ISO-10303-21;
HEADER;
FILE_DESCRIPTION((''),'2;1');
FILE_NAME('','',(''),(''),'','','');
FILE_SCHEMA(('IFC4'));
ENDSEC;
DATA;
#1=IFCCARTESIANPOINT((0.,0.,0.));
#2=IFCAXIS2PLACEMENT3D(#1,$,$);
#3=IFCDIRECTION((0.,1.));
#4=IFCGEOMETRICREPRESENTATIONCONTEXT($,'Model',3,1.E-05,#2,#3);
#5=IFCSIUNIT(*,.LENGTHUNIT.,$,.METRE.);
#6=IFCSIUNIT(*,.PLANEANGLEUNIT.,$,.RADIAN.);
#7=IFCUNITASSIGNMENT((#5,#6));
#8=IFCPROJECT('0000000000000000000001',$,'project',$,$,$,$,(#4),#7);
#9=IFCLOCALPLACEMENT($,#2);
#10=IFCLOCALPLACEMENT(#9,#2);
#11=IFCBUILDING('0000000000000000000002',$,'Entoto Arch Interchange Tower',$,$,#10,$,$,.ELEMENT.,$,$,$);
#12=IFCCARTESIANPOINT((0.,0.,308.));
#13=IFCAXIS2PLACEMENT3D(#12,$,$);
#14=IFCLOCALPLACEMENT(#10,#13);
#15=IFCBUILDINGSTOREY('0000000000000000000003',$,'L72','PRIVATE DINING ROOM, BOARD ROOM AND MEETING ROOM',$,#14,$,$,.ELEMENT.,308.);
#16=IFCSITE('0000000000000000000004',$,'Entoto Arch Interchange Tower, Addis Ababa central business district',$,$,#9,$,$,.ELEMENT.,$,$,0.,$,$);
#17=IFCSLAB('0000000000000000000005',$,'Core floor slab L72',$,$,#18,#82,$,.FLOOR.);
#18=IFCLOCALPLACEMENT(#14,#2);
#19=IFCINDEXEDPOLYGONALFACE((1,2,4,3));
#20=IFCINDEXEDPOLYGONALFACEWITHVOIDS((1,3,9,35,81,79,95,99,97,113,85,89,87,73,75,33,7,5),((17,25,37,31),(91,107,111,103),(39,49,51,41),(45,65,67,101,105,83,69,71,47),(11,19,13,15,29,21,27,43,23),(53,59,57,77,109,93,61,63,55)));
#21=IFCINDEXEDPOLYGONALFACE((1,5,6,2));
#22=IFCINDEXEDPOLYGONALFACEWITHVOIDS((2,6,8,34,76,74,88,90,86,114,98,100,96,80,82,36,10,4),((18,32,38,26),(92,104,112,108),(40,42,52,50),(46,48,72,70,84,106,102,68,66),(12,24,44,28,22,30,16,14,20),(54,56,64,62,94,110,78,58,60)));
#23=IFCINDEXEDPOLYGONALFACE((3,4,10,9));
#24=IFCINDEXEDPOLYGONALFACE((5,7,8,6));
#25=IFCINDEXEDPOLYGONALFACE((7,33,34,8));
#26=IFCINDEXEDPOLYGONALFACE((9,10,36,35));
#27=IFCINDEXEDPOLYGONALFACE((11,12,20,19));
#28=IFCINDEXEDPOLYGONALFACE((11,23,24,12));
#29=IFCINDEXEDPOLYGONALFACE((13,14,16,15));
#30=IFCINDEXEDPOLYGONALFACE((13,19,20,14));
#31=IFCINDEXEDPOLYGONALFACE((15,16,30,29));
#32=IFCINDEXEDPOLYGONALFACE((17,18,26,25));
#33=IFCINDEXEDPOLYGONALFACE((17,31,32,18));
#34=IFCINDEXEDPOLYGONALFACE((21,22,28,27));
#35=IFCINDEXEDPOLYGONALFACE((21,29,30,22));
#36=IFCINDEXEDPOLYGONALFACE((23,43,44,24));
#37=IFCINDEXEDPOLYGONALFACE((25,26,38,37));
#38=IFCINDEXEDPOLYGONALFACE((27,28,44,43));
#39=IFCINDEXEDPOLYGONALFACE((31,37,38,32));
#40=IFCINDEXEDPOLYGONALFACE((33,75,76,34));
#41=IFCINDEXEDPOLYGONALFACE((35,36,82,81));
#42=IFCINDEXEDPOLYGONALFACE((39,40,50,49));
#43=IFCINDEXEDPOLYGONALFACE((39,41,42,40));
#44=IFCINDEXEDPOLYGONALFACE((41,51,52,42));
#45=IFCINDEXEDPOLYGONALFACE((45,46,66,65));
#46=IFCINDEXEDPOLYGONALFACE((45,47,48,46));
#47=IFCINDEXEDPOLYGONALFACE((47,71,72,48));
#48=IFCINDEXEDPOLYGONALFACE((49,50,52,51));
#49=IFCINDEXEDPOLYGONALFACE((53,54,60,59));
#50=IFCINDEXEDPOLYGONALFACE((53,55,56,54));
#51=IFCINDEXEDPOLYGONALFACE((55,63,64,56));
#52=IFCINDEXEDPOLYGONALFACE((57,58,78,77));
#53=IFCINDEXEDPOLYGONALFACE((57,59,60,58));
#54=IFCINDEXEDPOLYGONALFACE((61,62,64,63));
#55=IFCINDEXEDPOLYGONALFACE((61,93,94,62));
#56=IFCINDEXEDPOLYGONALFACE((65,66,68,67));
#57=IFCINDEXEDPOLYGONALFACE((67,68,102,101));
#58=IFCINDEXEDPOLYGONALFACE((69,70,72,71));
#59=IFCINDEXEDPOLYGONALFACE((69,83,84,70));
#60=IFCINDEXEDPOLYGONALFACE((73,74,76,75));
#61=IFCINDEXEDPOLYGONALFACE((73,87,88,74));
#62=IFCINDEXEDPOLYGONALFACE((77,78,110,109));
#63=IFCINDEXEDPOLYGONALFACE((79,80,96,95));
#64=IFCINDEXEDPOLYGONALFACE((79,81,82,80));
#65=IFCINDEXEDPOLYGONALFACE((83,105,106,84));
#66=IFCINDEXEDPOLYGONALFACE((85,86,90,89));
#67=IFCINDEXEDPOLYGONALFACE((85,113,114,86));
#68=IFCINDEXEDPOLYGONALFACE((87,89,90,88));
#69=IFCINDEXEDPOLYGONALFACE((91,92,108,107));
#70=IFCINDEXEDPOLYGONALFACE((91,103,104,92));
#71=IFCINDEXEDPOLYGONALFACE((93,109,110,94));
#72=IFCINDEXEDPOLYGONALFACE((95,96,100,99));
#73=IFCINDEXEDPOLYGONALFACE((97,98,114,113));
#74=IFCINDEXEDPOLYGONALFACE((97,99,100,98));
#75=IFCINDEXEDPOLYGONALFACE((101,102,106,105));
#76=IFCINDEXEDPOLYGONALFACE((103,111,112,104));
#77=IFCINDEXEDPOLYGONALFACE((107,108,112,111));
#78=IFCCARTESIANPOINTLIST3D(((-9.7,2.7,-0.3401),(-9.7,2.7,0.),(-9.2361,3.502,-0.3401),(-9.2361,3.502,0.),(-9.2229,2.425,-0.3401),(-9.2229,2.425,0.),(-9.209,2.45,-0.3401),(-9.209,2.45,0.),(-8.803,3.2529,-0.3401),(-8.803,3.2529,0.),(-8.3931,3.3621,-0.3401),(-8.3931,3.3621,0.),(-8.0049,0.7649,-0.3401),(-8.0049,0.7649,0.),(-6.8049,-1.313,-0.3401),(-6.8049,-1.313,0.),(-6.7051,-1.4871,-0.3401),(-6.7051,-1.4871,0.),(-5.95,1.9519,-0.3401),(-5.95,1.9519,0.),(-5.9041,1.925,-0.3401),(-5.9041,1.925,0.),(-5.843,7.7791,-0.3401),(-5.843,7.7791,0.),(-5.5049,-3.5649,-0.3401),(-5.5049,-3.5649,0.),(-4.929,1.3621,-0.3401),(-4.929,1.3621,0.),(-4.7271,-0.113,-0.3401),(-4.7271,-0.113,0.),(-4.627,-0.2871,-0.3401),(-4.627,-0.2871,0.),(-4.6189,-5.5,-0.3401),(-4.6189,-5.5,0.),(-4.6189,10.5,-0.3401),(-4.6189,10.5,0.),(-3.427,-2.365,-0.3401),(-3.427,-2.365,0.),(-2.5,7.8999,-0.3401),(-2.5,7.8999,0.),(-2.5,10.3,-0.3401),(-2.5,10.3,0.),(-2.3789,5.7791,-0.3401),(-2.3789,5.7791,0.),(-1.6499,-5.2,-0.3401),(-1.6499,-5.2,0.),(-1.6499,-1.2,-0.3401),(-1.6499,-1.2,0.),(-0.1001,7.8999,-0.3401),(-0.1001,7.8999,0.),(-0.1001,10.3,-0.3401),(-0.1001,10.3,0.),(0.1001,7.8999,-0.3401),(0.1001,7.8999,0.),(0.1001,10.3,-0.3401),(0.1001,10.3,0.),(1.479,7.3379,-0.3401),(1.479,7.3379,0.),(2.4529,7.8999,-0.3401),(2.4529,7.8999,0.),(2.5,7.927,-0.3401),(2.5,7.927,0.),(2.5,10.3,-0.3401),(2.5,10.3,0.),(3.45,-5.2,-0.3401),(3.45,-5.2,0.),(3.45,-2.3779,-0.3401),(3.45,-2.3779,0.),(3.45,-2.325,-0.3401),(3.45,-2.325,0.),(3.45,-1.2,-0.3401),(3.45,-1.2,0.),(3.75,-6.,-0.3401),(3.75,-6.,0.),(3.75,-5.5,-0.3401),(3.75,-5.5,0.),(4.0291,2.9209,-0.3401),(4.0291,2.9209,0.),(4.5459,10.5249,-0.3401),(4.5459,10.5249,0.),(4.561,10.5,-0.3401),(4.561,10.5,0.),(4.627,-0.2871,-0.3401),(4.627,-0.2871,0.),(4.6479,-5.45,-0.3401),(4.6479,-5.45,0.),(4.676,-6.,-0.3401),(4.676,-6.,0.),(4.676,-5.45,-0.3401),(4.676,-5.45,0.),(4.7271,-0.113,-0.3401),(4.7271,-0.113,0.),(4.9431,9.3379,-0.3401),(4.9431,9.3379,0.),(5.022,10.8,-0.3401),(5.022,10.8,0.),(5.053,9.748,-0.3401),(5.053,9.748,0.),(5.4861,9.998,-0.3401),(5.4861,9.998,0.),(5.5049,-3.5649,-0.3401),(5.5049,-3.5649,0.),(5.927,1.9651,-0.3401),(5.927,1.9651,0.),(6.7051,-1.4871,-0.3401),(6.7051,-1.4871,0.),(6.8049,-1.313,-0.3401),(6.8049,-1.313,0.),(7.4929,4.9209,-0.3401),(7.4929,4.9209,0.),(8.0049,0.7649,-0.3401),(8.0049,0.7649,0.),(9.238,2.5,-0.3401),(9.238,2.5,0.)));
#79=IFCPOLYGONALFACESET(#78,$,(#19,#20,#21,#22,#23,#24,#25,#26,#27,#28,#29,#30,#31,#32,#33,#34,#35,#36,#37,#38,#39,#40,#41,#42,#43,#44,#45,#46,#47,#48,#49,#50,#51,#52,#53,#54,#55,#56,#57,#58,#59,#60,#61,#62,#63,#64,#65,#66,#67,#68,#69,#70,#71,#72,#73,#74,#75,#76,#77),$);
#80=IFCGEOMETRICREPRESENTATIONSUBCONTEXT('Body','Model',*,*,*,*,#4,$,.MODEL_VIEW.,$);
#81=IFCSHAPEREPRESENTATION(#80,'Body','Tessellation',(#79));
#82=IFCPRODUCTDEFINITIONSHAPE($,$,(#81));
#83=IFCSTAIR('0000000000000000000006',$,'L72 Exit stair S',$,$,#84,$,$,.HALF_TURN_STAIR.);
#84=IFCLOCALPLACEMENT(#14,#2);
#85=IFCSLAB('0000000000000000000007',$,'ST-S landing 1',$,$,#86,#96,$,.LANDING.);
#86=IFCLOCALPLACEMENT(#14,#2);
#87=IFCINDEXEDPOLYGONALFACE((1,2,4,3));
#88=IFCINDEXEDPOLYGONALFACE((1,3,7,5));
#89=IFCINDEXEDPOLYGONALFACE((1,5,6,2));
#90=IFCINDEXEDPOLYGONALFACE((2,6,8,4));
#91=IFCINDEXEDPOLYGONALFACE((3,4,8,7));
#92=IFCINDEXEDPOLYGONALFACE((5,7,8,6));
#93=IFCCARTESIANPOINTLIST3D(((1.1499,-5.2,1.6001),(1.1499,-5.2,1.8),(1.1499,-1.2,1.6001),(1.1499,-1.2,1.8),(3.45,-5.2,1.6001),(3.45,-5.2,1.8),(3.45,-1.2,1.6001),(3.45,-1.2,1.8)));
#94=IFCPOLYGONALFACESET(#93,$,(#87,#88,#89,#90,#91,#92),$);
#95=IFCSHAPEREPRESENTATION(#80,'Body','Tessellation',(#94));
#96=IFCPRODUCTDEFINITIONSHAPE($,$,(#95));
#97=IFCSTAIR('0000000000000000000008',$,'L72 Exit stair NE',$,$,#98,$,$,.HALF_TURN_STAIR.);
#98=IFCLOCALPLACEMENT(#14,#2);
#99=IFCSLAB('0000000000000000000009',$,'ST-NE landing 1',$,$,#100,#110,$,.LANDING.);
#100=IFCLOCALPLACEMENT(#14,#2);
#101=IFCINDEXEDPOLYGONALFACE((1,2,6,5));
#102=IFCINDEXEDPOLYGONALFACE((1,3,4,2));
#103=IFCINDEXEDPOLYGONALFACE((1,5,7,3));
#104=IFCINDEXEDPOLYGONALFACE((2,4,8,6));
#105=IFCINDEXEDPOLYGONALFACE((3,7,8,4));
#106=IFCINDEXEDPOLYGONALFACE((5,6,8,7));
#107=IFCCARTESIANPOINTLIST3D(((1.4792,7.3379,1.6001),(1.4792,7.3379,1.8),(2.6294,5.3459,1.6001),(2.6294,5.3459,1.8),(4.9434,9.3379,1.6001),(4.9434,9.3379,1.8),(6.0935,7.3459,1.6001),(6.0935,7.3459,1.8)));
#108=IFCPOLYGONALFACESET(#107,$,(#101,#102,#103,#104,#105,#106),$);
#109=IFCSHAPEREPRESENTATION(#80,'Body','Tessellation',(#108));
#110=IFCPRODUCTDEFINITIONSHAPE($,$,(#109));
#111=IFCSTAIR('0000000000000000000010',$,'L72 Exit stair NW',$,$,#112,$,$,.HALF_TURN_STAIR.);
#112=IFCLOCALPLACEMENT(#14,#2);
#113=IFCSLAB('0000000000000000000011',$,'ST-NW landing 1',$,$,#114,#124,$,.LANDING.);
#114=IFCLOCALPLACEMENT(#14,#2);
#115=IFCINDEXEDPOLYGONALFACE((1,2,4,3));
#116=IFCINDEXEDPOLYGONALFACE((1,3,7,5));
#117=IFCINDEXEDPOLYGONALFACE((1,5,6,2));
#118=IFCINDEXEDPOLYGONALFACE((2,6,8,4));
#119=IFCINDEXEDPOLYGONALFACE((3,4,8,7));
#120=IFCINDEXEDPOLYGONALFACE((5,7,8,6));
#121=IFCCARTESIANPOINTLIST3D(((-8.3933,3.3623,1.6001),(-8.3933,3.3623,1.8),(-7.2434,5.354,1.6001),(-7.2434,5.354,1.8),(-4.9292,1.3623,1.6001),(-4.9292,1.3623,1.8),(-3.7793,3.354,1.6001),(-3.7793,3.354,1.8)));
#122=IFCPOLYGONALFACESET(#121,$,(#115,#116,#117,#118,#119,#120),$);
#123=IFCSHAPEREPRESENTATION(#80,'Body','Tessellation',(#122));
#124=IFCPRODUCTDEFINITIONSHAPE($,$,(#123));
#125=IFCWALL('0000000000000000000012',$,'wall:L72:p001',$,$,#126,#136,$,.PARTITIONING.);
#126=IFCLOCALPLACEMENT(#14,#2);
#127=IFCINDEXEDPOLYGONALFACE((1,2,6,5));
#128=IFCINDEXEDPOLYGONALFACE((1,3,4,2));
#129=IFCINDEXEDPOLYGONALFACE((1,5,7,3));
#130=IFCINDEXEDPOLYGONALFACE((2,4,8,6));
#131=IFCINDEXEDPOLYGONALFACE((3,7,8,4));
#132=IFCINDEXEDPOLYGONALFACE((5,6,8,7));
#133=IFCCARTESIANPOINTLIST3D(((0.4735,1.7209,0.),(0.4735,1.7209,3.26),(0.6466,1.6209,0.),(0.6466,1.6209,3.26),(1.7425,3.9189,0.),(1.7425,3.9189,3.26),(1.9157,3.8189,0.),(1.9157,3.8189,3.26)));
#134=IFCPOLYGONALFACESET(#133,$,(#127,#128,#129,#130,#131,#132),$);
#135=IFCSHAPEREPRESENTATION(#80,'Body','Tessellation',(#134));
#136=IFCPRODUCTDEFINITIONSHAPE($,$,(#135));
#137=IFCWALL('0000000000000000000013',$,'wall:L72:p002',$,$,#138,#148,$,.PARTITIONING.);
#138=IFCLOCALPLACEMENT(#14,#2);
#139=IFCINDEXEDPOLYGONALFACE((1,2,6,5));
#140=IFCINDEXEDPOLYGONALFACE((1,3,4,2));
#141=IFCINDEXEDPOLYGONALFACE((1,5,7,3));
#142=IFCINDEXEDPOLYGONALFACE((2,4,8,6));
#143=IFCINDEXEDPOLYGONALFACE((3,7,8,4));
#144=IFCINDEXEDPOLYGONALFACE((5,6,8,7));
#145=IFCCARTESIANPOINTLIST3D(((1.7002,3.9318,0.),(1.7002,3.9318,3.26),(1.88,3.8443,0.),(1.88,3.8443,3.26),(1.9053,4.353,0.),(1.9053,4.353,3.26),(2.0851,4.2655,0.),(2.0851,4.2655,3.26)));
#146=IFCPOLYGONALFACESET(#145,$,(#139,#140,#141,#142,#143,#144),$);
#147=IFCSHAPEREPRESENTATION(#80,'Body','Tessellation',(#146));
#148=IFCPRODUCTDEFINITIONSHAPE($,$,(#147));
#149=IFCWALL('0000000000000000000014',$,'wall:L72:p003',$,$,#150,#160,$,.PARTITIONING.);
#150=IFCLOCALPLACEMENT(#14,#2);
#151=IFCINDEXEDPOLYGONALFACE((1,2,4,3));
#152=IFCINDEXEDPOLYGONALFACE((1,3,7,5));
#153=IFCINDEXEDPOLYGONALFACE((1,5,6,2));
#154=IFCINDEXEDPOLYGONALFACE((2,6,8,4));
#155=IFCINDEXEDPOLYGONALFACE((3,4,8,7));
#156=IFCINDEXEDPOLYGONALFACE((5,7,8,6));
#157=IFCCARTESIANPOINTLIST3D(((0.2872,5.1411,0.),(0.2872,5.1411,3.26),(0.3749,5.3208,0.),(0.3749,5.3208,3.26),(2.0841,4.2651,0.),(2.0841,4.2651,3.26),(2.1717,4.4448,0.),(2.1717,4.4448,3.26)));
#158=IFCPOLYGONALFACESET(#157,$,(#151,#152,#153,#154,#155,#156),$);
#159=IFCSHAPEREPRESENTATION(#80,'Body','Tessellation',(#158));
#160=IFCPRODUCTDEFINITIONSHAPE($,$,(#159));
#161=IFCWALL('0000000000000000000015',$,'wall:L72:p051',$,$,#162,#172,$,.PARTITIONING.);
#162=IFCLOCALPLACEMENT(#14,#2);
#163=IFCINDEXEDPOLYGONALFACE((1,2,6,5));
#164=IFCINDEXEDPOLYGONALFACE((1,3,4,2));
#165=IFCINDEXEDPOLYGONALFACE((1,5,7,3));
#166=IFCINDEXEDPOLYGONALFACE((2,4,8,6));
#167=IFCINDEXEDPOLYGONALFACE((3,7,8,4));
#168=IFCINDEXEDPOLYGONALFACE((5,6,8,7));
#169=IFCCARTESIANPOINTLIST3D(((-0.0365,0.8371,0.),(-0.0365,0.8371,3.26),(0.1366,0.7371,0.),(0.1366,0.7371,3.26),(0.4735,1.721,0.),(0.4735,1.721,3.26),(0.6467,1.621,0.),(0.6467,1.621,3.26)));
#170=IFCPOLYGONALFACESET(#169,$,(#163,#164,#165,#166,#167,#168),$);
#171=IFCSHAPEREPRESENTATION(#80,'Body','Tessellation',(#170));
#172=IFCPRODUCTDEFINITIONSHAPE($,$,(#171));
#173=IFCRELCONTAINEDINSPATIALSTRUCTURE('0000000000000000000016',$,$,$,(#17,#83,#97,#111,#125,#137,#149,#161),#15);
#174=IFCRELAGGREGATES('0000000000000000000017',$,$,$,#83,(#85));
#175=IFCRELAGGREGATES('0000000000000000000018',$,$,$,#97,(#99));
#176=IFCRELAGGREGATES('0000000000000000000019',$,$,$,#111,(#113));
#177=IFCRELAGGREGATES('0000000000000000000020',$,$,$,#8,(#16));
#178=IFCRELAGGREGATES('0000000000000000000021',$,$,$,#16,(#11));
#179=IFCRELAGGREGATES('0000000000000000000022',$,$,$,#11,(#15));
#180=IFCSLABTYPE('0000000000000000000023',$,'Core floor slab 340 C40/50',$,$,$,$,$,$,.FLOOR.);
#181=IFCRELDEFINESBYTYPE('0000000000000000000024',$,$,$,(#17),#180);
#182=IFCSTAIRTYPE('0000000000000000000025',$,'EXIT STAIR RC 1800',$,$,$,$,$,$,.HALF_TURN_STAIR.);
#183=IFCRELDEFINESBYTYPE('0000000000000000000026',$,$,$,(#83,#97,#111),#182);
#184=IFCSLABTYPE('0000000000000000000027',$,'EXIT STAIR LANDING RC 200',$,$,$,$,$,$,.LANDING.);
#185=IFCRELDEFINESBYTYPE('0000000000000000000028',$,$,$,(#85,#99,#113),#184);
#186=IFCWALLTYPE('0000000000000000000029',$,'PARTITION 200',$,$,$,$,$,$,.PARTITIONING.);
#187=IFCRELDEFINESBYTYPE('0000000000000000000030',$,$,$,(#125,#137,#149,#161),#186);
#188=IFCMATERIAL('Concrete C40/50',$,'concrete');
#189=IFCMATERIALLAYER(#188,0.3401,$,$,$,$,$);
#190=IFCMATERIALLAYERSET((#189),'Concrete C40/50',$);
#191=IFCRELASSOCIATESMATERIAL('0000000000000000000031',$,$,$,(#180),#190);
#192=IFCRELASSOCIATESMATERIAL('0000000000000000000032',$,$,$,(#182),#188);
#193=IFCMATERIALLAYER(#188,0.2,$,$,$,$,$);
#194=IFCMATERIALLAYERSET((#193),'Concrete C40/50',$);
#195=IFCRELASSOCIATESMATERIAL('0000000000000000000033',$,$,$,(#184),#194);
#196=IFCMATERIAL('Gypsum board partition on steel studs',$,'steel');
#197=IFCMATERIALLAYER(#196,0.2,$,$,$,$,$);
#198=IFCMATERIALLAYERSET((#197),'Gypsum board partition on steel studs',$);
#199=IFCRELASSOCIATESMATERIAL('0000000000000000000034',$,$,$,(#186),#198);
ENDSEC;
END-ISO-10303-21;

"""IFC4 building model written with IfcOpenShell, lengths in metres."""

from ifc_helpers import new_model, si_unit, direction, frame, frame_2d, origin, place, context, subcontext, project, spatial, polyline, rectangle, outline, extrude, material, layer, layer_set, type_object, element, aggregate, save


model = new_model("IFC4")

# Units and contexts
model_context = context("Model", 3, precision=1e-05, world=origin(), true_north=direction((0.0, 1.0)))
body_context = subcontext(model_context, "Body", "Model", "MODEL_VIEW")
ifc_project = project(units=[si_unit("LENGTHUNIT", "METRE"), si_unit("PLANEANGLEUNIT", "RADIAN")], contexts=[model_context])

# Site, building, storey
site_placement = place(None, origin())
site = spatial("IfcSite", under=ifc_project, at=site_placement, Name="Entoto Arch Interchange Tower, Addis Ababa central business district", CompositionType="ELEMENT", RefElevation=0.0)
building_placement = place(site_placement, origin())
building = spatial("IfcBuilding", under=site, at=building_placement, Name="Entoto Arch Interchange Tower", CompositionType="ELEMENT")
storey_placement = place(building_placement, frame((0.0, 0.0, 308.0)))
storey = spatial("IfcBuildingStorey", under=building, at=storey_placement, Name="L72", Description="PRIVATE DINING ROOM, BOARD ROOM AND MEETING ROOM", CompositionType="ELEMENT", Elevation=308.0)

# Slab
ifc_material_1 = material(Name="Concrete C40/50", Category="concrete")
ifc_layer_1 = layer(ifc_material_1, 0.3401)
ifc_layer_set_1 = layer_set([ifc_layer_1], Name="Concrete C40/50")
slab_type_1 = type_object("IfcSlabType", Name="Core floor slab 340 C40/50", PredefinedType="FLOOR", material=ifc_layer_set_1)
slab_1_placement = place(storey_placement, frame((0.0, 0.0, -0.3401)))
element("IfcSlab", 1, at=slab_1_placement, inside=storey, type_object=slab_type_1, Name="Core floor slab L72", PredefinedType="FLOOR", context=body_context, shape_type="SweptSolid", body=[
    extrude(outline(polyline([(-9.209, 2.45), (-9.2229, 2.425), (-9.7, 2.7), (-9.2361, 3.502), (-8.803, 3.2529), (-4.6189, 10.5), (4.561, 10.5), (4.5459, 10.5249), (5.022, 10.8), (5.4861, 9.998), (5.053, 9.748), (9.238, 2.5), (4.6479, -5.45), (4.676, -5.45), (4.676, -6.0), (3.75, -6.0), (3.75, -5.5), (-4.6189, -5.5), (-9.209, 2.45)]), holes=[polyline([(-1.6499, -5.2), (3.45, -5.2), (3.45, -2.3779), (5.5049, -3.5649), (6.7051, -1.4871), (4.627, -0.2871), (3.45, -2.325), (3.45, -1.2), (-1.6499, -1.2), (-1.6499, -5.2)]), polyline([(-4.627, -0.2871), (-6.7051, -1.4871), (-5.5049, -3.5649), (-3.427, -2.365), (-4.627, -0.2871)]), polyline([(-5.9041, 1.925), (-4.929, 1.3621), (-2.3789, 5.7791), (-5.843, 7.7791), (-8.3931, 3.3621), (-5.95, 1.9519), (-8.0049, 0.7649), (-6.8049, -1.313), (-4.7271, -0.113), (-5.9041, 1.925)]), polyline([(4.7271, -0.113), (6.8049, -1.313), (8.0049, 0.7649), (5.927, 1.9651), (4.7271, -0.113)]), polyline([(2.5, 7.927), (2.5, 10.3), (0.1001, 10.3), (0.1001, 7.8999), (2.4529, 7.8999), (1.479, 7.3379), (4.0291, 2.9209), (7.4929, 4.9209), (4.9431, 9.3379), (2.5, 7.927)]), polyline([(-2.5, 7.8999), (-0.1001, 7.8999), (-0.1001, 10.3), (-2.5, 10.3), (-2.5, 7.8999)])]), origin(), (0.0, 0.0, 1.0), 0.3401),
])

# Stairs, slabs
stair_type = type_object("IfcStairType", Name="EXIT STAIR RC 1800", PredefinedType="HALF_TURN_STAIR", material=ifc_material_1)
stair_1_placement = place(storey_placement, origin())
stair_1 = element("IfcStair", 2, at=stair_1_placement, inside=storey, type_object=stair_type, Name="L72 Exit stair S", PredefinedType="HALF_TURN_STAIR")
ifc_layer_2 = layer(ifc_material_1, 0.2)
ifc_layer_set_2 = layer_set([ifc_layer_2], Name="Concrete C40/50")
slab_type_2 = type_object("IfcSlabType", Name="EXIT STAIR LANDING RC 200", PredefinedType="LANDING", material=ifc_layer_set_2)
slab_2_placement = place(storey_placement, frame((0.0, 0.0, 1.6001)))
slab_2 = element("IfcSlab", 3, at=slab_2_placement, type_object=slab_type_2, Name="ST-S landing 1", PredefinedType="LANDING", context=body_context, shape_type="SweptSolid", body=[
    extrude(outline(polyline([(1.1499, -5.2), (3.45, -5.2), (3.45, -1.2), (1.1499, -1.2), (1.1499, -5.2)])), origin(), (0.0, 0.0, 1.0), 0.2),
])
aggregate(stair_1, [slab_2])
stair_2_placement = place(storey_placement, origin())
stair_2 = element("IfcStair", 4, at=stair_2_placement, inside=storey, type_object=stair_type, Name="L72 Exit stair NE", PredefinedType="HALF_TURN_STAIR")
slab_3_placement = place(storey_placement, frame((0.0, 0.0, 1.6001)))
slab_3 = element("IfcSlab", 5, at=slab_3_placement, type_object=slab_type_2, Name="ST-NE landing 1", PredefinedType="LANDING", context=body_context, shape_type="SweptSolid", body=[
    extrude(outline(polyline([(6.0935, 7.3459), (4.9434, 9.3379), (1.4792, 7.3379), (2.6294, 5.3459), (6.0935, 7.3459)])), origin(), (0.0, 0.0, 1.0), 0.2),
])
aggregate(stair_2, [slab_3])
stair_3_placement = place(storey_placement, origin())
stair_3 = element("IfcStair", 6, at=stair_3_placement, inside=storey, type_object=stair_type, Name="L72 Exit stair NW", PredefinedType="HALF_TURN_STAIR")
slab_4_placement = place(storey_placement, frame((0.0, 0.0, 1.6001)))
slab_4 = element("IfcSlab", 7, at=slab_4_placement, type_object=slab_type_2, Name="ST-NW landing 1", PredefinedType="LANDING", context=body_context, shape_type="SweptSolid", body=[
    extrude(outline(polyline([(-7.2434, 5.354), (-8.3933, 3.3623), (-4.9292, 1.3623), (-3.7793, 3.354), (-7.2434, 5.354)])), origin(), (0.0, 0.0, 1.0), 0.2),
])
aggregate(stair_3, [slab_4])

# Walls
ifc_material_2 = material(Name="Gypsum board partition on steel studs", Category="steel")
ifc_layer_3 = layer(ifc_material_2, 0.2)
ifc_layer_set_3 = layer_set([ifc_layer_3], Name="Gypsum board partition on steel studs")
wall_type = type_object("IfcWallType", Name="PARTITION 200", PredefinedType="PARTITIONING", material=ifc_layer_set_3)
wall_1_placement = place(storey_placement, frame((0.5601, 1.6709, 0.0), z_axis=(0.0, 0.0, 1.0), x_axis=(0.500008, 0.866021, 0.0)))
element("IfcWall", 8, at=wall_1_placement, inside=storey, type_object=wall_type, Name="wall:L72:p001", PredefinedType="PARTITIONING", context=body_context, shape_type="SweptSolid", body=[
    extrude(rectangle(XDim=2.5381, YDim=0.2, at=frame_2d((1.269, 0.0))), origin(), (0.0, 0.0, 1.0), 3.26),
])
wall_2_placement = place(storey_placement, frame((1.79, 3.8879, 0.0), z_axis=(0.0, 0.0, 1.0), x_axis=(0.437807, 0.899069, 0.0)))
element("IfcWall", 9, at=wall_2_placement, inside=storey, type_object=wall_type, Name="wall:L72:p002", PredefinedType="PARTITIONING", context=body_context, shape_type="SweptSolid", body=[
    extrude(rectangle(XDim=0.4685, YDim=0.2, at=frame_2d((0.2344, 0.0))), origin(), (0.0, 0.0, 1.0), 3.26),
])
wall_3_placement = place(storey_placement, frame((2.1279, 4.355, 0.0), z_axis=(0.0, 0.0, 1.0), x_axis=(-0.898876, 0.438202, 0.0)))
element("IfcWall", 10, at=wall_3_placement, inside=storey, type_object=wall_type, Name="wall:L72:p003", PredefinedType="PARTITIONING", context=body_context, shape_type="SweptSolid", body=[
    extrude(rectangle(XDim=1.999, YDim=0.2, at=frame_2d((0.9995, 0.0))), origin(), (0.0, 0.0, 1.0), 3.26),
])
wall_4_placement = place(storey_placement, frame((0.05, 0.7871, 0.0), z_axis=(0.0, 0.0, 1.0), x_axis=(0.499819, 0.86613, 0.0)))
element("IfcWall", 11, at=wall_4_placement, inside=storey, type_object=wall_type, Name="wall:L72:p051", PredefinedType="PARTITIONING", context=body_context, shape_type="SweptSolid", body=[
    extrude(rectangle(XDim=1.0205, YDim=0.2, at=frame_2d((0.5103, 0.0))), origin(), (0.0, 0.0, 1.0), 3.26),
])

save(model, "model.ifc")
